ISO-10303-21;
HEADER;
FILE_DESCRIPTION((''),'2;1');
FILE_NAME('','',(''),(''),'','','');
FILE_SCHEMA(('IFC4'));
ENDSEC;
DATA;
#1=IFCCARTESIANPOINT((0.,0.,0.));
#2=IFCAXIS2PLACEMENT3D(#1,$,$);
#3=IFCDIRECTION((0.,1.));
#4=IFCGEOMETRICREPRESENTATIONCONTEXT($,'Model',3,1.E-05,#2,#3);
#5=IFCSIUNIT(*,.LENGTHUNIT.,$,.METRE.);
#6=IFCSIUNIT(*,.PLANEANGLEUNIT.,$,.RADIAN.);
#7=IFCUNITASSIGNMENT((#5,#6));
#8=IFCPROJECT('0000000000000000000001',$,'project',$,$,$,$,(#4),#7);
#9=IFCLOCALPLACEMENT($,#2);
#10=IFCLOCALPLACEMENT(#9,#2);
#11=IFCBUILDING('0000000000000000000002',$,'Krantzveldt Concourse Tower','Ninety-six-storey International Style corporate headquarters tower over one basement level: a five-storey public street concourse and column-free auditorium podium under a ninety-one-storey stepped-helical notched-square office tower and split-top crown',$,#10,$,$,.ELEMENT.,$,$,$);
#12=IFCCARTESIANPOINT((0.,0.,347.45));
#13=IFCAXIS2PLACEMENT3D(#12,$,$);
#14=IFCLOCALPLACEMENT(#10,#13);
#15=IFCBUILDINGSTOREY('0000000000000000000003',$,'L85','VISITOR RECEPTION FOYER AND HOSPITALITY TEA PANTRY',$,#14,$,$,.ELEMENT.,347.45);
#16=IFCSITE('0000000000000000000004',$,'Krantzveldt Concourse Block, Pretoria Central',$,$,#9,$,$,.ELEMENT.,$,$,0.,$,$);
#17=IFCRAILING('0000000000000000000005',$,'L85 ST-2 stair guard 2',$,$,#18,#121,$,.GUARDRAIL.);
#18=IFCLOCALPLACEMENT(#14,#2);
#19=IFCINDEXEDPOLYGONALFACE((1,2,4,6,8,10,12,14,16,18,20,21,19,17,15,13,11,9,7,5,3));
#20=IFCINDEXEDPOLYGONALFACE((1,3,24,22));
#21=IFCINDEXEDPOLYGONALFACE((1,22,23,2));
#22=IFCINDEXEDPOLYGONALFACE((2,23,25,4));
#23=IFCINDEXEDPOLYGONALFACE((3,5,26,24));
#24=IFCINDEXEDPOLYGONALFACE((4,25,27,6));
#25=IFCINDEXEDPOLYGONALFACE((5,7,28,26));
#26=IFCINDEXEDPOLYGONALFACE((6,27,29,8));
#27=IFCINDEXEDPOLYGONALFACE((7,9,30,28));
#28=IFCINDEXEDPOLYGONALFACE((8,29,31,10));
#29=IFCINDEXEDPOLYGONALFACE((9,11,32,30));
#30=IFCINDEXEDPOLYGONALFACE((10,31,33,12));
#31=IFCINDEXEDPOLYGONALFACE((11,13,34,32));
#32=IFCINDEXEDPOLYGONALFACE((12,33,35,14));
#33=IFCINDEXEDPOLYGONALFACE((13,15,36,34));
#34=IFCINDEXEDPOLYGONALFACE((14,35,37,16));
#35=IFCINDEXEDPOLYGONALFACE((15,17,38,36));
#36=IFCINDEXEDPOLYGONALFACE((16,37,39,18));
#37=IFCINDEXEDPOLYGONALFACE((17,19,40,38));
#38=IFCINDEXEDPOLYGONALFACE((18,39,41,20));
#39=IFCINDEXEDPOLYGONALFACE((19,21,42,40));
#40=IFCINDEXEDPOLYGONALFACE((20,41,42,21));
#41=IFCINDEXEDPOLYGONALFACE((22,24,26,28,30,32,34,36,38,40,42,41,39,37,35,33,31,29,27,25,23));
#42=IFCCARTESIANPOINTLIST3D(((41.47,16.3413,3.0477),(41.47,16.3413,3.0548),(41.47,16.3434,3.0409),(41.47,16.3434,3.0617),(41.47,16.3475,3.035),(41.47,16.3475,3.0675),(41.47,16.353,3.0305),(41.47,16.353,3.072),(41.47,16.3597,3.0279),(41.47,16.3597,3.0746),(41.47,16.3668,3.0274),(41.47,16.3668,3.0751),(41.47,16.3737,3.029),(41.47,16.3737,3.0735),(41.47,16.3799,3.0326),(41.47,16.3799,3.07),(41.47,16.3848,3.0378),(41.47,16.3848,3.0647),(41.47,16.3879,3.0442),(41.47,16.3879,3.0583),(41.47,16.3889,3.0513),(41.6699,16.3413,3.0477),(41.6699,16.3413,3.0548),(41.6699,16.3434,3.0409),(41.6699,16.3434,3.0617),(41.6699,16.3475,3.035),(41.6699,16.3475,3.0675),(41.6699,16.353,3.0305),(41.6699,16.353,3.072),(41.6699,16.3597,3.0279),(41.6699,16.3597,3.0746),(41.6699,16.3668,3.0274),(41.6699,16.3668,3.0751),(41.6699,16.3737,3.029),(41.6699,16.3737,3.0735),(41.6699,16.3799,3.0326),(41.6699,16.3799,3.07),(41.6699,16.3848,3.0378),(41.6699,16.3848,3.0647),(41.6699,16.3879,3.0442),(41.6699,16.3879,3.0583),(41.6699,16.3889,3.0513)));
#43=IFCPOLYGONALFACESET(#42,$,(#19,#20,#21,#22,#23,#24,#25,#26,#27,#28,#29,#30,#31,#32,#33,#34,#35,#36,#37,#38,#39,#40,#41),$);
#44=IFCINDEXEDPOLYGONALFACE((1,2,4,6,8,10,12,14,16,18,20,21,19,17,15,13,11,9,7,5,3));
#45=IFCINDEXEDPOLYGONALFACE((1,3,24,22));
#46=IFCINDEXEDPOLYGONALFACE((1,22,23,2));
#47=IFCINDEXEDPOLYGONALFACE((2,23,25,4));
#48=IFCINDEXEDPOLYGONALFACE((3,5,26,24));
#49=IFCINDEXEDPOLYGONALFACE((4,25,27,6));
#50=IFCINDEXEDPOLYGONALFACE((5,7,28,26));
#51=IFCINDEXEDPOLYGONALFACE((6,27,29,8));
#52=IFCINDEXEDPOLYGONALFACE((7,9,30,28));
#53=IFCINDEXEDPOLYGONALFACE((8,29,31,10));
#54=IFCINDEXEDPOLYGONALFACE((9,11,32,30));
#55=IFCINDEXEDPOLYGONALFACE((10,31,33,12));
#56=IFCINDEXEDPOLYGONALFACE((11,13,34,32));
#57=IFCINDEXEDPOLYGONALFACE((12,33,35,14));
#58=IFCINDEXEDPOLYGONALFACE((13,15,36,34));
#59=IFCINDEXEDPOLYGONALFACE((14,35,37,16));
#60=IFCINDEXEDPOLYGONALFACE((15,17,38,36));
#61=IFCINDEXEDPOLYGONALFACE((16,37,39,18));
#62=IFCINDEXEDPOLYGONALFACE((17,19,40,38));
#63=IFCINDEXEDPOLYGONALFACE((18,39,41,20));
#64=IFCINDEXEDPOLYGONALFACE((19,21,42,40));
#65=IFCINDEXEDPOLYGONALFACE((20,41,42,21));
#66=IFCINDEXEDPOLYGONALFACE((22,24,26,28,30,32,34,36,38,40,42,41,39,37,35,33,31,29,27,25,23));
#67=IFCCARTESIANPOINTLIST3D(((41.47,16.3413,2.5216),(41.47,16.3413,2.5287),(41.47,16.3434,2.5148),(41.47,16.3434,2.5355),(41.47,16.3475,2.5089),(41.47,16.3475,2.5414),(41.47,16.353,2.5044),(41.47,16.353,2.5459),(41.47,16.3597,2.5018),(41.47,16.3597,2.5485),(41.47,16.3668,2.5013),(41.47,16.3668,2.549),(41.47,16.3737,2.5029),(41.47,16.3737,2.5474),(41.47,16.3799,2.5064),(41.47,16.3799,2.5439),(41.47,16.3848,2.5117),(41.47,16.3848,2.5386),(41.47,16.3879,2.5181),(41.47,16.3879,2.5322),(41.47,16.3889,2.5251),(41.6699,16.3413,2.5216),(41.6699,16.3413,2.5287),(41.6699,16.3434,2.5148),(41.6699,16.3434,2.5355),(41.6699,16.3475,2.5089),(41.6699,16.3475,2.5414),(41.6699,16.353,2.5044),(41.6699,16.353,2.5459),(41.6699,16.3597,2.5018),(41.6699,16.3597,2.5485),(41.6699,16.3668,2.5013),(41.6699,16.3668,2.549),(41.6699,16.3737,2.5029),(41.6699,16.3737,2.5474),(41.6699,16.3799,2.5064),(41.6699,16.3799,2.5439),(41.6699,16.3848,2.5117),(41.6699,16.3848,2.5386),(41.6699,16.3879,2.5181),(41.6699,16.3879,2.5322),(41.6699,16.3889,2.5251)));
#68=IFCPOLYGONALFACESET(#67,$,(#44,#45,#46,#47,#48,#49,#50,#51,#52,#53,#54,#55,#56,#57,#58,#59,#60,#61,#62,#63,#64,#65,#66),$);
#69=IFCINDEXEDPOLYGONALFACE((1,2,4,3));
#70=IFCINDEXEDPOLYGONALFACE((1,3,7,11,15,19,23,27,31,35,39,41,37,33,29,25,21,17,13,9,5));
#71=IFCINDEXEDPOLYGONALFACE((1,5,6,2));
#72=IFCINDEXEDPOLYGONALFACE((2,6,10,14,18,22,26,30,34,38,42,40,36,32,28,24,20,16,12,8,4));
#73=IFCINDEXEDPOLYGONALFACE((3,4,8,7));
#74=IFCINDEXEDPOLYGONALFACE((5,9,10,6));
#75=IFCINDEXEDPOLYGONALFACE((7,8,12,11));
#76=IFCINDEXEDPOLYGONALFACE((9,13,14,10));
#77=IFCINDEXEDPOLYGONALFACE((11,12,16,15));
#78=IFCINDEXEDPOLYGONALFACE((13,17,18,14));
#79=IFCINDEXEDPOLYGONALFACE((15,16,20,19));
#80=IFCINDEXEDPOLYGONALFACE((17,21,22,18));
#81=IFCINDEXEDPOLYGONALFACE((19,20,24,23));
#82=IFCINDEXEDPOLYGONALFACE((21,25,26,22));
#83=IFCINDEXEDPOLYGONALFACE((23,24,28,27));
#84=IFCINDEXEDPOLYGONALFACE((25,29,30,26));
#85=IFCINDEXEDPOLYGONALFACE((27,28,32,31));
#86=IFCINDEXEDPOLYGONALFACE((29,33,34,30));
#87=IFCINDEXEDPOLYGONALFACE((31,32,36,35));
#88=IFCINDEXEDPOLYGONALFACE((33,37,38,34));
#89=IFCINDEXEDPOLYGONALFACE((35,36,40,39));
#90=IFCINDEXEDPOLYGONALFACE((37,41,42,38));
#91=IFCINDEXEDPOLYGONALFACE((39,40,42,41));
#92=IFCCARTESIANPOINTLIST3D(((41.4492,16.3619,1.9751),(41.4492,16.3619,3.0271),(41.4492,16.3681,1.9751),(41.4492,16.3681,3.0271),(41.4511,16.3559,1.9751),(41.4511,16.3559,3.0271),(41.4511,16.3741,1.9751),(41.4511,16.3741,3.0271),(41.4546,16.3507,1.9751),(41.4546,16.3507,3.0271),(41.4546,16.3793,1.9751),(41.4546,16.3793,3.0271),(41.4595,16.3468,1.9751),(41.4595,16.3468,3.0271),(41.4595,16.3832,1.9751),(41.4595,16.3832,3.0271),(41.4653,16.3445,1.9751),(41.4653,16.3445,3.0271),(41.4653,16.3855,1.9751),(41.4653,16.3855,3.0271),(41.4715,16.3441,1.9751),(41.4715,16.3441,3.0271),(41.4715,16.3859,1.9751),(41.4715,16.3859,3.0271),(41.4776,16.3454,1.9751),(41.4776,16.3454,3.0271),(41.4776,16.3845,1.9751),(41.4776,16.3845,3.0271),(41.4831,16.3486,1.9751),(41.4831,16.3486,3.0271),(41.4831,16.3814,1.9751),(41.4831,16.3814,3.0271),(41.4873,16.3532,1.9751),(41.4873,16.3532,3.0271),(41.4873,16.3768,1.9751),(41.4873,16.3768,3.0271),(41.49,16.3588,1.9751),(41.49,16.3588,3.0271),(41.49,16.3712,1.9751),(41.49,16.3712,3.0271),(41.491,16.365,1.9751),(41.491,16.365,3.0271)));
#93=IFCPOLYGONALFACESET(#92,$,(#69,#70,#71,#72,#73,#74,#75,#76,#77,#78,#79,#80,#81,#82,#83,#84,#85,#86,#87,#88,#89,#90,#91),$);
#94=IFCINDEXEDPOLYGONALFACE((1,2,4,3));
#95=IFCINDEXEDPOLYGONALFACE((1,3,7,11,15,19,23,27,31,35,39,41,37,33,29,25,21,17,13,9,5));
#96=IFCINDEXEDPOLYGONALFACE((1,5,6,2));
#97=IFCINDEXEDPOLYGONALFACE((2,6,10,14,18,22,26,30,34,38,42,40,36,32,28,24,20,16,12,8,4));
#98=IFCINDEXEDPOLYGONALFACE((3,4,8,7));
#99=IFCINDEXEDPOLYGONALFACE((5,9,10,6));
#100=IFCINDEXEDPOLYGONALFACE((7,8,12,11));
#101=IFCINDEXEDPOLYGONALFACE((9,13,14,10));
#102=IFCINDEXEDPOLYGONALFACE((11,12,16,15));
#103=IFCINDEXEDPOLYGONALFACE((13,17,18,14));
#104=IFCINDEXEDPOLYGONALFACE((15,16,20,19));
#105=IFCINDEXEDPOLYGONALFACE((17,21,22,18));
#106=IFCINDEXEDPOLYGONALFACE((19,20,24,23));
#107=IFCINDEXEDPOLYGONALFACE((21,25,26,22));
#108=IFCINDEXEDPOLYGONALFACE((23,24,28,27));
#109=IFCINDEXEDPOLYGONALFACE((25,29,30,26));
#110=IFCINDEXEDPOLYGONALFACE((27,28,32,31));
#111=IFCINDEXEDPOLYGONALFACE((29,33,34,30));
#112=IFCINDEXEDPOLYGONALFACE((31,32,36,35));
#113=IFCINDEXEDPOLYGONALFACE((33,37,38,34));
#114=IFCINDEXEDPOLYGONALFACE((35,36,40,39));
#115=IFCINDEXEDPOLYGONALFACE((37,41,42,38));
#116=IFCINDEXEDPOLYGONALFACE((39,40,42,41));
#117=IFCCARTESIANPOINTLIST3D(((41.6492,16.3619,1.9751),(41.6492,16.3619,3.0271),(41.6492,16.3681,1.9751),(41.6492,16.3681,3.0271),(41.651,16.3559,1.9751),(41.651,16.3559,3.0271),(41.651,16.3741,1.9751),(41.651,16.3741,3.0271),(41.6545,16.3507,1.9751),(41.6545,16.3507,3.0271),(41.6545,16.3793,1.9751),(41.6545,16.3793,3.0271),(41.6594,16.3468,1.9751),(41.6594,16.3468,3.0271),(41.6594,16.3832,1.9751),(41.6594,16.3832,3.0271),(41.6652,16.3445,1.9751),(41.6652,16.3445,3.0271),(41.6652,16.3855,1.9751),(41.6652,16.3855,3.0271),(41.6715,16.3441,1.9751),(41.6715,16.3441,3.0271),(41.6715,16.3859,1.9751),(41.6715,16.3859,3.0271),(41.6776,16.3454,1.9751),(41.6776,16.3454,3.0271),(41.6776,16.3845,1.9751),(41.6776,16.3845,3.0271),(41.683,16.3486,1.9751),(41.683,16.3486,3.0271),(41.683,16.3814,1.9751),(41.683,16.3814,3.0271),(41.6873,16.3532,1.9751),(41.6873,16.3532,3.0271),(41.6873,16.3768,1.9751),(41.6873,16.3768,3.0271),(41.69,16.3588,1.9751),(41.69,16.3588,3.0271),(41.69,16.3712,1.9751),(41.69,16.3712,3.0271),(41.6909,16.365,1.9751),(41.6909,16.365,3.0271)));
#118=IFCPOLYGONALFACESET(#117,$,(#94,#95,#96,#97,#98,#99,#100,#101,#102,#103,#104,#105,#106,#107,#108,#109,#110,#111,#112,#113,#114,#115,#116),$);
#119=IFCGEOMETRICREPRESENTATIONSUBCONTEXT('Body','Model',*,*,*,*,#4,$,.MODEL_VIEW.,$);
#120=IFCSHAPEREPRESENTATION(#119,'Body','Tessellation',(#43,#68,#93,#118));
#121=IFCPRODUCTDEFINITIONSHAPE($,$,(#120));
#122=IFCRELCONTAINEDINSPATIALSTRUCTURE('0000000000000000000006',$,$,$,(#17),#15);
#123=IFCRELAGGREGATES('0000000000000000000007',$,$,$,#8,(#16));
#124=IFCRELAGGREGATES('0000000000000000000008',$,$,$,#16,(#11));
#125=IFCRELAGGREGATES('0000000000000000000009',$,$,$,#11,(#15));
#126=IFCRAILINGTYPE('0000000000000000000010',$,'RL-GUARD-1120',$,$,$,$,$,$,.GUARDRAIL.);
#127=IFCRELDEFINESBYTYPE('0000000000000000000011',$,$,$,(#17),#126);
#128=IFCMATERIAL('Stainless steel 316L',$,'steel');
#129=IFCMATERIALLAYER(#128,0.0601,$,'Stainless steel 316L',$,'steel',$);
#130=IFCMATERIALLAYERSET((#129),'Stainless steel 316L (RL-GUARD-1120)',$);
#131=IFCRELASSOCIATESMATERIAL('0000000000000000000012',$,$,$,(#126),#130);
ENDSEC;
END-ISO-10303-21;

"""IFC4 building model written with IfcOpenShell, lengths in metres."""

from ifc_helpers import new_model, si_unit, direction, frame, origin, origin_2d, place, context, subcontext, project, spatial, circle, extrude, material, layer, layer_set, type_object, element, save


model = new_model("IFC4")

# Units and contexts
model_context = context("Model", 3, precision=1e-05, world=origin(), true_north=direction((0.0, 1.0)))
body_context = subcontext(model_context, "Body", "Model", "MODEL_VIEW")
ifc_project = project(units=[si_unit("LENGTHUNIT", "METRE"), si_unit("PLANEANGLEUNIT", "RADIAN")], contexts=[model_context])

# Site, building, storey
site_placement = place(None, origin())
site = spatial("IfcSite", under=ifc_project, at=site_placement, Name="Krantzveldt Concourse Block, Pretoria Central", CompositionType="ELEMENT", RefElevation=0.0)
building_placement = place(site_placement, origin())
building = spatial("IfcBuilding", under=site, at=building_placement, Name="Krantzveldt Concourse Tower", Description="Ninety-six-storey International Style corporate headquarters tower over one basement level: a five-storey public street concourse and column-free auditorium podium under a ninety-one-storey stepped-helical notched-square office tower and split-top crown", CompositionType="ELEMENT")
storey_placement = place(building_placement, frame((0.0, 0.0, 347.45)))
storey = spatial("IfcBuildingStorey", under=building, at=storey_placement, Name="L85", Description="VISITOR RECEPTION FOYER AND HOSPITALITY TEA PANTRY", CompositionType="ELEMENT", Elevation=347.45)

# Shared definitions
ifc_material_1 = material(Name="Stainless steel 316L", Category="steel")

# Railing
ifc_layer_1 = layer(ifc_material_1, 0.0601, Name="Stainless steel 316L", Category="steel")
ifc_layer_set_1 = layer_set([ifc_layer_1], Name="Stainless steel 316L (RL-GUARD-1120)")
railing_type_1 = type_object("IfcRailingType", Name="RL-GUARD-1120", PredefinedType="GUARDRAIL", material=ifc_layer_set_1)
railing_1_placement = place(storey_placement, frame((41.47, 16.365, 1.9751)))
element("IfcRailing", 1, at=railing_1_placement, inside=storey, type_object=railing_type_1, Name="L85 ST-2 stair guard 2", PredefinedType="GUARDRAIL", context=body_context, shape_type="SweptSolid", body=[
    extrude(circle(Radius=0.0239, at=origin_2d()), frame((0.0, 0.0, 1.0762), z_axis=(1.0, 0.0, 0.0), x_axis=(0.0, 1.0, 0.0)), (0.0, 0.0, 1.0), 0.2),
    extrude(circle(Radius=0.0239, at=origin_2d()), frame((0.0, 0.0, 0.55), z_axis=(1.0, 0.0, 0.0), x_axis=(0.0, 1.0, 0.0)), (0.0, 0.0, 1.0), 0.2),
    extrude(circle(Radius=0.021, at=origin_2d()), origin(), (0.0, 0.0, 1.0), 1.052),
    extrude(circle(Radius=0.021, at=origin_2d()), frame((0.2, 0.0, 0.0)), (0.0, 0.0, 1.0), 1.052),
])

save(model, "model.ifc")
